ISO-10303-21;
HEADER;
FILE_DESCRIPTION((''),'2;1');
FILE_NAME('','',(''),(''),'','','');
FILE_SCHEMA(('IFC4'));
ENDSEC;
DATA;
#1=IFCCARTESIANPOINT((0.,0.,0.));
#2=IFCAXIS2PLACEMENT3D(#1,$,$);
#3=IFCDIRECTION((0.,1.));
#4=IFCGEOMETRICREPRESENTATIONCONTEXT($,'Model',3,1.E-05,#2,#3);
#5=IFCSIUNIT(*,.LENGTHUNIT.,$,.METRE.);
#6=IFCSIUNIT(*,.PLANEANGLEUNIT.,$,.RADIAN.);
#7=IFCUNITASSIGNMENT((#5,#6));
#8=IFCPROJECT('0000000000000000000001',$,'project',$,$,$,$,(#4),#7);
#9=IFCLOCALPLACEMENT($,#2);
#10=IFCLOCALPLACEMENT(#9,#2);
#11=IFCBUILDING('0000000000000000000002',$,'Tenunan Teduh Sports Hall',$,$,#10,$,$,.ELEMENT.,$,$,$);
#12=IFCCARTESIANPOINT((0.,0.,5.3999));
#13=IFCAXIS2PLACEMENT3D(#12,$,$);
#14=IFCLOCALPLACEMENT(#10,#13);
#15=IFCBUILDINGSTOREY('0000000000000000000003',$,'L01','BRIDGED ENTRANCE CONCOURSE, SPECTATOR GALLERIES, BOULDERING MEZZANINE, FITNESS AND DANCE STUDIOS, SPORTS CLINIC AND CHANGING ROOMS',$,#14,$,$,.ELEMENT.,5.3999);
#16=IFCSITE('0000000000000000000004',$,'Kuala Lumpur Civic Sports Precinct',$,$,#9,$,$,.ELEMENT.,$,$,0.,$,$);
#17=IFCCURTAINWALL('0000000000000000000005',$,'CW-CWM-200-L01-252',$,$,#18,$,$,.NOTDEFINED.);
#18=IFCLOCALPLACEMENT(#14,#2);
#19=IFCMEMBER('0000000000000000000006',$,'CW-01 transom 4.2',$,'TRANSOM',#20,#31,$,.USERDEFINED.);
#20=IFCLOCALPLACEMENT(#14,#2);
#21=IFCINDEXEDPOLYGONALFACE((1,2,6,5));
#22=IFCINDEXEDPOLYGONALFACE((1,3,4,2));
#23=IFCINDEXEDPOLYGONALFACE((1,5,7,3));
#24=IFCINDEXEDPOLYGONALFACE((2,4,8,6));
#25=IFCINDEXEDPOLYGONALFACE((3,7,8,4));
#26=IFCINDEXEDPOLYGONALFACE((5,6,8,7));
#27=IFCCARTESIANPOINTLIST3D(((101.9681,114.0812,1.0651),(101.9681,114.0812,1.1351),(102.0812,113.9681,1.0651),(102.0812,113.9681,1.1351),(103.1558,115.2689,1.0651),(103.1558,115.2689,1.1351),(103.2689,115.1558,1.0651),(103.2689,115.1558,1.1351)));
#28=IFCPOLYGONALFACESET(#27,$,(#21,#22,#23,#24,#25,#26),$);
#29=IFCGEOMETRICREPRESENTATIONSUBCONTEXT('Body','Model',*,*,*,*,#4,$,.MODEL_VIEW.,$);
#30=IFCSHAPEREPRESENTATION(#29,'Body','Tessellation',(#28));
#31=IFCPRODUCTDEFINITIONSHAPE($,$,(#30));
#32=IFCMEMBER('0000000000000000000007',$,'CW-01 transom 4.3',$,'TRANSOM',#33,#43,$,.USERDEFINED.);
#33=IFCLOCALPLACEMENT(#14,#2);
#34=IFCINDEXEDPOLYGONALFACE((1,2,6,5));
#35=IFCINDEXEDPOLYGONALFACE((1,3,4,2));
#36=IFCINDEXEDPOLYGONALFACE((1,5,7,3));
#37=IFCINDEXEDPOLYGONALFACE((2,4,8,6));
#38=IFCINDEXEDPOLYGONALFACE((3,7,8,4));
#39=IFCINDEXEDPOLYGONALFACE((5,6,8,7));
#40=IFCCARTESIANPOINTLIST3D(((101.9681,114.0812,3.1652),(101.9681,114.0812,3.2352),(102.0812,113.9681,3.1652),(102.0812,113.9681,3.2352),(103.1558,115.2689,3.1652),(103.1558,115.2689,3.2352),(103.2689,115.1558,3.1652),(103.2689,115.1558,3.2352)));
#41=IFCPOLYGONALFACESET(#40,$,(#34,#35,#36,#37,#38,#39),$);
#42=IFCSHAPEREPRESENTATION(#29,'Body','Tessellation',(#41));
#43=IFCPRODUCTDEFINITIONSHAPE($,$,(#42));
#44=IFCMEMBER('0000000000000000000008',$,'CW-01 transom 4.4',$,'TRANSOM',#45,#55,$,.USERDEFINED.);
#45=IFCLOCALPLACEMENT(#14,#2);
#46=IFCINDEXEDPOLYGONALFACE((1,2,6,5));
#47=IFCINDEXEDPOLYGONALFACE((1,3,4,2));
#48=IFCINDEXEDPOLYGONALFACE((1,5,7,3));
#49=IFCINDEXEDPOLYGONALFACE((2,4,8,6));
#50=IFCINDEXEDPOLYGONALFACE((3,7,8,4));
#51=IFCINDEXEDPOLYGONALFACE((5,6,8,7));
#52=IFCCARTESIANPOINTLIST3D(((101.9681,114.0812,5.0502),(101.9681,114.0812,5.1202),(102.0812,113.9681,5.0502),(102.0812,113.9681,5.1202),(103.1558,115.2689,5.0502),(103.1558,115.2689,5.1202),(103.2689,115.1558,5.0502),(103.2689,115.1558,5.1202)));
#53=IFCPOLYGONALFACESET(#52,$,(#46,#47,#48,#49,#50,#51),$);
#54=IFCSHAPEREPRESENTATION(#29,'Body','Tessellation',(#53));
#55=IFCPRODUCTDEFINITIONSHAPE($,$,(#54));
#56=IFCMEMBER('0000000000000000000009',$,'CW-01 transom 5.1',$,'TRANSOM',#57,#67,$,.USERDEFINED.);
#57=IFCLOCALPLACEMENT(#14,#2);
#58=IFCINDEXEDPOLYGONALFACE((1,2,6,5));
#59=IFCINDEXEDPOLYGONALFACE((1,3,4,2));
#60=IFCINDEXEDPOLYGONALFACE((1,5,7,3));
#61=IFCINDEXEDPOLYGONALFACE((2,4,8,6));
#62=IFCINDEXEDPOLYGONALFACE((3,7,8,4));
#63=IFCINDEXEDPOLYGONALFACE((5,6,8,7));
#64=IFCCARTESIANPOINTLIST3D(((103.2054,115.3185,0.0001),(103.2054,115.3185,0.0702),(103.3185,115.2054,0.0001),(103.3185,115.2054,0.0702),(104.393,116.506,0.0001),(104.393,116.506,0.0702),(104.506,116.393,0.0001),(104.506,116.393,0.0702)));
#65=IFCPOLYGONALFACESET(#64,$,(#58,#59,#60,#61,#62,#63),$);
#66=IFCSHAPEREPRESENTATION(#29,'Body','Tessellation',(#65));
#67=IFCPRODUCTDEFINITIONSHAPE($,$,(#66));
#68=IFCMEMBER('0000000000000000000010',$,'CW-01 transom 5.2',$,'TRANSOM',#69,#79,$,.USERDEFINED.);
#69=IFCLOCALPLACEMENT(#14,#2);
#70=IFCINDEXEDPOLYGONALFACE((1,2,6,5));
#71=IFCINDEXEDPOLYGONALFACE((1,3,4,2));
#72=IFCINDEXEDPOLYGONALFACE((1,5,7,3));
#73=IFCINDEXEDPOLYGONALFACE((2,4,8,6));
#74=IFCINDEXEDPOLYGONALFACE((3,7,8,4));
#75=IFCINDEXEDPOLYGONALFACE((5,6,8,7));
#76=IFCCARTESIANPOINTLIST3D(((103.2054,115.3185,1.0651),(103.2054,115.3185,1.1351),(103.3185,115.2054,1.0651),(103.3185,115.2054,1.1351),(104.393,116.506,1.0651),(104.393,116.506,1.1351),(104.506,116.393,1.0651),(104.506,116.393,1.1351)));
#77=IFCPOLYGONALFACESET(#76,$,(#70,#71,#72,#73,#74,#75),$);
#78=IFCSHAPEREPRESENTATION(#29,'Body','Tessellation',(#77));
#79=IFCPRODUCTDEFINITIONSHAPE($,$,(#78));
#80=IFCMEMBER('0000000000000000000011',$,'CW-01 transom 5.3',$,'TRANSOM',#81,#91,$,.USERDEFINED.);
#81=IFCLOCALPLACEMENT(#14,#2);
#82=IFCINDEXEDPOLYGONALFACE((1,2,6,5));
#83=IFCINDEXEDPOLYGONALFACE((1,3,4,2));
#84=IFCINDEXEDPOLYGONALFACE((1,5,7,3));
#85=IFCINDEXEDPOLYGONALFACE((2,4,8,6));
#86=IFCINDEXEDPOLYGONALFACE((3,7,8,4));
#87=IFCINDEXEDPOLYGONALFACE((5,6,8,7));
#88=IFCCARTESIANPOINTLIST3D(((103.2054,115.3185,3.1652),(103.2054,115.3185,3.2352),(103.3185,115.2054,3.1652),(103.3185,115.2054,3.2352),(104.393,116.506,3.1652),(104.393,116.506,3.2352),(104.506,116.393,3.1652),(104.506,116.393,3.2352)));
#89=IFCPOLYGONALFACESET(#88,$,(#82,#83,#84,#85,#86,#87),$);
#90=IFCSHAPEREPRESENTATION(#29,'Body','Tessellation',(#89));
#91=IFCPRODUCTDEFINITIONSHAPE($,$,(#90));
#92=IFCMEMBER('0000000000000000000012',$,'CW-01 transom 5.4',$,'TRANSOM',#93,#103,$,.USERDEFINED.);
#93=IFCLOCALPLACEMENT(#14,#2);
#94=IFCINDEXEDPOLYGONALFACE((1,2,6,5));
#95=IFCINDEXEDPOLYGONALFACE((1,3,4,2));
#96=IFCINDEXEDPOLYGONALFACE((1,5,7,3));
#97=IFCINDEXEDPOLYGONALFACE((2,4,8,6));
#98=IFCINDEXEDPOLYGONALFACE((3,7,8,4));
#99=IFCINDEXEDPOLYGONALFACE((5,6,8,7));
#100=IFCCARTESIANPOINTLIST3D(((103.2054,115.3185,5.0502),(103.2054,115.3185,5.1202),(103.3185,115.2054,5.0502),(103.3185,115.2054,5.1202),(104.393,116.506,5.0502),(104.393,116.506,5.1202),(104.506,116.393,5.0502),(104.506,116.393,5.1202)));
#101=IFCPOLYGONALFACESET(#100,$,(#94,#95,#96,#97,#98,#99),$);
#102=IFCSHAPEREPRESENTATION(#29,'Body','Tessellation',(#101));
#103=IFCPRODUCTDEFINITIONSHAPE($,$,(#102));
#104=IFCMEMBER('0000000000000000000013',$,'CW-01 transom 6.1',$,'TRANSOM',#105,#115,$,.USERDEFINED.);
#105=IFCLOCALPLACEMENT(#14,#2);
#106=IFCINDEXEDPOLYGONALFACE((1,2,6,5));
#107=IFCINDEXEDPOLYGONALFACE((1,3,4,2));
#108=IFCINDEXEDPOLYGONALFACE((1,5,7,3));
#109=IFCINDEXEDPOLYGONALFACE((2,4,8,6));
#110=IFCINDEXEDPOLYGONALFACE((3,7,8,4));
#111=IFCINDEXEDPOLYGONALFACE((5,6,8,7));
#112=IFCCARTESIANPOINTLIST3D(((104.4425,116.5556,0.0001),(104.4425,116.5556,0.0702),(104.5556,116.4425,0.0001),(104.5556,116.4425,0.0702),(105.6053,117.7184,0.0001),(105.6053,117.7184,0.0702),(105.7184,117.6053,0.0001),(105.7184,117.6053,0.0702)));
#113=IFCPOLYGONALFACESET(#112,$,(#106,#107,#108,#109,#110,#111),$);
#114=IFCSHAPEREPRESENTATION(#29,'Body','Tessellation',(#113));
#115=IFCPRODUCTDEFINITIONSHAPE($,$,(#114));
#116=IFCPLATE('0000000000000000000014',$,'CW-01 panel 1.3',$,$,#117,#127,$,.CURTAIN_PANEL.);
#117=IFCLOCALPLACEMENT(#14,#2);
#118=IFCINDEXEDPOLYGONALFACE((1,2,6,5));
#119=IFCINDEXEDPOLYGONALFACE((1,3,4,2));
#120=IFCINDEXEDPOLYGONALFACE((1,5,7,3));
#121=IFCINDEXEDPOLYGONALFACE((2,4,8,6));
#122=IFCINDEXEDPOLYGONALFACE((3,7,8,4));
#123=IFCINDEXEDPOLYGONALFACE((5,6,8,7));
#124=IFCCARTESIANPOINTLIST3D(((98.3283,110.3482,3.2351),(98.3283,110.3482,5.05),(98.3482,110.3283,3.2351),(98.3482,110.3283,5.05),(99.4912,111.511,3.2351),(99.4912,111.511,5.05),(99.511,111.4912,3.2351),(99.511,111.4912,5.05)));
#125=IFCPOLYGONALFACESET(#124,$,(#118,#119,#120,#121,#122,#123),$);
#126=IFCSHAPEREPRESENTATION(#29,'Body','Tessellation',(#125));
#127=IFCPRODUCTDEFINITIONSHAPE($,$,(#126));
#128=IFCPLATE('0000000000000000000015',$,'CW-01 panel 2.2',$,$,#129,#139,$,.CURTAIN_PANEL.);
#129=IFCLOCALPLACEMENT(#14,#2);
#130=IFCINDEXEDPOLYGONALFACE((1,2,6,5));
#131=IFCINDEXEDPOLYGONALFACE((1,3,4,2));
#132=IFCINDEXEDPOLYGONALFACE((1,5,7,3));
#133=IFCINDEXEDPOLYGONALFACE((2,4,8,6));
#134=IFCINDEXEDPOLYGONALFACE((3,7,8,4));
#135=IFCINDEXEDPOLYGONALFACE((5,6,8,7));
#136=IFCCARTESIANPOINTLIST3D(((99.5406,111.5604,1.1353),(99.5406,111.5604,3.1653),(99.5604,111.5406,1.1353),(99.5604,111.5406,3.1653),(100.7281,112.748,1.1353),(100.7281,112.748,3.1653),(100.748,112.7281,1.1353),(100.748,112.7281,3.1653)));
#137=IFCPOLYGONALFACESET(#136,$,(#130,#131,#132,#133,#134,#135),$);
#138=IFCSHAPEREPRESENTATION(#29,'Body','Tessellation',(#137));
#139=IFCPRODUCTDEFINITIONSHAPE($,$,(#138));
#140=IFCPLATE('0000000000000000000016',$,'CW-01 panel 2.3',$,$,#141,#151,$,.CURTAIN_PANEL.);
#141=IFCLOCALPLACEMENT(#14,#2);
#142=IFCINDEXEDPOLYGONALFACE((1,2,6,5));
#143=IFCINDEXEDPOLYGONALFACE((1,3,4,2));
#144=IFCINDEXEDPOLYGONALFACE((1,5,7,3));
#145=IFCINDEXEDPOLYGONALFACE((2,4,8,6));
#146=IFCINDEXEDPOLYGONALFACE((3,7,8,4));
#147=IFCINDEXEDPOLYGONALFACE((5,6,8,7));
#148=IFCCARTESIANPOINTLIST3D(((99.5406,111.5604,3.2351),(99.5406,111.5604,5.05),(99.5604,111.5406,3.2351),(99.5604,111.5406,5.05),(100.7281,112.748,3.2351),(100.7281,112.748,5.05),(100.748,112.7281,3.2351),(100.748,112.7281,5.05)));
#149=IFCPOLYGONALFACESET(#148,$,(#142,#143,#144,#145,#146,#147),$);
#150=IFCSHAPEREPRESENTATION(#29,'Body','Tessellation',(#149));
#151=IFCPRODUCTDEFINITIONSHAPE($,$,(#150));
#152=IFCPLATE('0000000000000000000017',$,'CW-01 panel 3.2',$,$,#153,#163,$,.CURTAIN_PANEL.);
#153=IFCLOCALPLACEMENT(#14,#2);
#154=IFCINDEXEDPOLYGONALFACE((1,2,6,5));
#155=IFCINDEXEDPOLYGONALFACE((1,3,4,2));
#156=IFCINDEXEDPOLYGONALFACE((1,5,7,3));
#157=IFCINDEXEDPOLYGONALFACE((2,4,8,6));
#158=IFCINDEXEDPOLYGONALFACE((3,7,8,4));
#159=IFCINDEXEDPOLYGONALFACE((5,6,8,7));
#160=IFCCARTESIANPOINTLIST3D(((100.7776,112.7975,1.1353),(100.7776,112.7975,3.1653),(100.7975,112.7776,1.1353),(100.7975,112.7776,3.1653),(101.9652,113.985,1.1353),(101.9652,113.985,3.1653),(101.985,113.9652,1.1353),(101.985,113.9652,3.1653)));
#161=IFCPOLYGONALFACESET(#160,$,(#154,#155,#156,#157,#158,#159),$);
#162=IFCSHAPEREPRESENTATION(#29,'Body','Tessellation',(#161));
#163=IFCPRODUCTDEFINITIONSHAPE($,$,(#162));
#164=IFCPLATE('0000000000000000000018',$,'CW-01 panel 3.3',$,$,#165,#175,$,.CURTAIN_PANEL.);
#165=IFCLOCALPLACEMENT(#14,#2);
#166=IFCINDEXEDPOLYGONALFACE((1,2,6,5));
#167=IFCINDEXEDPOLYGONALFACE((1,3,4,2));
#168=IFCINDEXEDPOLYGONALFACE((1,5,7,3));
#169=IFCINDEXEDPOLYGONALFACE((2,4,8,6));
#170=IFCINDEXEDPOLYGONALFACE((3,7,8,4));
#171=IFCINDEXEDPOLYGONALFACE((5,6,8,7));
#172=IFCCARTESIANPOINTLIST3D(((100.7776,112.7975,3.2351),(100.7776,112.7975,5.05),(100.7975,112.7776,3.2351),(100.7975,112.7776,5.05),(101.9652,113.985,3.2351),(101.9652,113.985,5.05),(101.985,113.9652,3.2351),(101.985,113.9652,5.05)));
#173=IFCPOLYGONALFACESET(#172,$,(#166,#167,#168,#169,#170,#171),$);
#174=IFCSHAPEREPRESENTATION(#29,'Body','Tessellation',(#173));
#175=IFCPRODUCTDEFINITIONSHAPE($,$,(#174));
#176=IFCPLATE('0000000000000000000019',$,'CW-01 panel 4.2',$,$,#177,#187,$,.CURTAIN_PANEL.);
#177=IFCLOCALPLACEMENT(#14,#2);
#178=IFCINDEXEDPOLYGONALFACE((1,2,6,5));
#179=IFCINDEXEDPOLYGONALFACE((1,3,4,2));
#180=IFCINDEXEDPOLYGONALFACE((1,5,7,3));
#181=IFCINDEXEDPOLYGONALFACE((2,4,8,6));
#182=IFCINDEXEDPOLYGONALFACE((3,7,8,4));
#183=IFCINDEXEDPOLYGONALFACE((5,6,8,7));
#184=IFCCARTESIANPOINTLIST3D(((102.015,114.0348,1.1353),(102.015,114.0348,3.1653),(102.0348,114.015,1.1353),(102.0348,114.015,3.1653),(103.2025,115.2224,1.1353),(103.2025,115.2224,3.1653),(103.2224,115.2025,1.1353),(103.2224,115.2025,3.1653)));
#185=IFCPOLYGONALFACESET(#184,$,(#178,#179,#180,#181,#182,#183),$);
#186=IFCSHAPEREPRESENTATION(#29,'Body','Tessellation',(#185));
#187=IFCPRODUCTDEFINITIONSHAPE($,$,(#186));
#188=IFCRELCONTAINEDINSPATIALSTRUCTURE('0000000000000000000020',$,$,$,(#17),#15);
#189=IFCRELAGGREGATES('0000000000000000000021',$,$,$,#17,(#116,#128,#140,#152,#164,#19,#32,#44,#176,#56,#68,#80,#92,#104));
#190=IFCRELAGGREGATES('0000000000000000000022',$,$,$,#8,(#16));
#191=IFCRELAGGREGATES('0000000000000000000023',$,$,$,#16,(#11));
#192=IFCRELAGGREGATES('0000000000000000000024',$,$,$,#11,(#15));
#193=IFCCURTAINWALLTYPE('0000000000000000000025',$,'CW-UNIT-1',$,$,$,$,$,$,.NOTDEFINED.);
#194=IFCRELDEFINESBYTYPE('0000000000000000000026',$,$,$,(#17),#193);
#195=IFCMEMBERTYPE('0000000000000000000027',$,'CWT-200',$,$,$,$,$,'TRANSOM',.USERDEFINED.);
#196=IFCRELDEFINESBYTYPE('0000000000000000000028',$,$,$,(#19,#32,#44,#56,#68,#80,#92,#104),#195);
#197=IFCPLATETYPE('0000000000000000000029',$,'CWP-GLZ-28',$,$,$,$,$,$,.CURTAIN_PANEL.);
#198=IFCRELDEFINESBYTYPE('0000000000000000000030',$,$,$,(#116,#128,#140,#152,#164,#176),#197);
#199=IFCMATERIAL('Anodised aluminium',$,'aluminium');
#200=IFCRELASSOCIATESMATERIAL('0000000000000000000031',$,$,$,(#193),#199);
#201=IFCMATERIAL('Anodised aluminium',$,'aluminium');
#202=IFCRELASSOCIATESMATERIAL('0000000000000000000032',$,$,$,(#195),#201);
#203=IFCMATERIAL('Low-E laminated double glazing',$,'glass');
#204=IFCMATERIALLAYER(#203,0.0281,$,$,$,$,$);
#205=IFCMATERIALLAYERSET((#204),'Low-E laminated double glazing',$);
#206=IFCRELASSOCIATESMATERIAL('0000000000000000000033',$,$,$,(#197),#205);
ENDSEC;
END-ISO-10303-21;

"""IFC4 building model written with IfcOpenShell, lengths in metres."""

from ifc_helpers import new_model, si_unit, direction, frame, origin, origin_2d, place, context, subcontext, project, spatial, rectangle, extrude, material, layer, layer_set, material_profile, profile_set, type_object, element, aggregate, save


model = new_model("IFC4")

# Units and contexts
model_context = context("Model", 3, precision=1e-05, world=origin(), true_north=direction((0.0, 1.0)))
body_context = subcontext(model_context, "Body", "Model", "MODEL_VIEW")
ifc_project = project(units=[si_unit("LENGTHUNIT", "METRE"), si_unit("PLANEANGLEUNIT", "RADIAN")], contexts=[model_context])

# Site, building, storey
site_placement = place(None, origin())
site = spatial("IfcSite", under=ifc_project, at=site_placement, Name="Kuala Lumpur Civic Sports Precinct", CompositionType="ELEMENT", RefElevation=0.0)
building_placement = place(site_placement, origin())
building = spatial("IfcBuilding", under=site, at=building_placement, Name="Tenunan Teduh Sports Hall", CompositionType="ELEMENT")
storey_placement = place(building_placement, frame((0.0, 0.0, 5.3999)))
storey = spatial("IfcBuildingStorey", under=building, at=storey_placement, Name="L01", Description="BRIDGED ENTRANCE CONCOURSE, SPECTATOR GALLERIES, BOULDERING MEZZANINE, FITNESS AND DANCE STUDIOS, SPORTS CLINIC AND CHANGING ROOMS", CompositionType="ELEMENT", Elevation=5.3999)

# Curtain wall, members, plates
ifc_material_1 = material(Name="Anodised aluminium", Category="aluminium")
curtain_wall_type = type_object("IfcCurtainWallType", Name="CW-UNIT-1", PredefinedType="NOTDEFINED", material=ifc_material_1)
curtain_wall_placement = place(storey_placement, origin())
curtain_wall = element("IfcCurtainWall", 1, at=curtain_wall_placement, inside=storey, type_object=curtain_wall_type, Name="CW-CWM-200-L01-252", PredefinedType="NOTDEFINED")
ifc_material_2 = material(Name="Anodised aluminium", Category="aluminium")
ifc_material_profile_1 = material_profile(ifc_material_2, rectangle(XDim=0.0701, YDim=0.1599, at=origin_2d()), Name="CWT 70x160")
ifc_profile_set_1 = profile_set([ifc_material_profile_1], Name="Anodised aluminium")
member_type_1 = type_object("IfcMemberType", Name="CWT-200", ElementType="TRANSOM", PredefinedType="USERDEFINED", material=ifc_profile_set_1)
member_1_placement = place(storey_placement, frame((102.0247, 114.0247, 1.1001), z_axis=(0.707107, 0.707107, 0.0), x_axis=(0.0, 0.0, 1.0)))
member_1 = element("IfcMember", 2, at=member_1_placement, type_object=member_type_1, Name="CW-01 transom 4.2", ObjectType="TRANSOM", PredefinedType="USERDEFINED", context=body_context, shape_type="SweptSolid", body=[
    extrude(rectangle(XDim=0.0701, YDim=0.1599, at=origin_2d()), origin(), (0.0, 0.0, 1.0), 1.6797),
])
member_2_placement = place(storey_placement, frame((102.0247, 114.0247, 3.2002), z_axis=(0.707107, 0.707107, 0.0), x_axis=(0.0, 0.0, 1.0)))
member_2 = element("IfcMember", 3, at=member_2_placement, type_object=member_type_1, Name="CW-01 transom 4.3", ObjectType="TRANSOM", PredefinedType="USERDEFINED", context=body_context, shape_type="SweptSolid", body=[
    extrude(rectangle(XDim=0.0701, YDim=0.1599, at=origin_2d()), origin(), (0.0, 0.0, 1.0), 1.6797),
])
member_3_placement = place(storey_placement, frame((102.0247, 114.0247, 5.0852), z_axis=(0.707107, 0.707107, 0.0), x_axis=(0.0, 0.0, 1.0)))
member_3 = element("IfcMember", 4, at=member_3_placement, type_object=member_type_1, Name="CW-01 transom 4.4", ObjectType="TRANSOM", PredefinedType="USERDEFINED", context=body_context, shape_type="SweptSolid", body=[
    extrude(rectangle(XDim=0.0701, YDim=0.1599, at=origin_2d()), origin(), (0.0, 0.0, 1.0), 1.6797),
])
member_4_placement = place(storey_placement, frame((103.262, 115.262, 0.0352), z_axis=(0.707107, 0.707107, 0.0), x_axis=(0.0, 0.0, 1.0)))
member_4 = element("IfcMember", 5, at=member_4_placement, type_object=member_type_1, Name="CW-01 transom 5.1", ObjectType="TRANSOM", PredefinedType="USERDEFINED", context=body_context, shape_type="SweptSolid", body=[
    extrude(rectangle(XDim=0.0701, YDim=0.1599, at=origin_2d()), origin(), (0.0, 0.0, 1.0), 1.6794),
])
member_5_placement = place(storey_placement, frame((103.262, 115.262, 1.1001), z_axis=(0.707107, 0.707107, 0.0), x_axis=(0.0, 0.0, 1.0)))
member_5 = element("IfcMember", 6, at=member_5_placement, type_object=member_type_1, Name="CW-01 transom 5.2", ObjectType="TRANSOM", PredefinedType="USERDEFINED", context=body_context, shape_type="SweptSolid", body=[
    extrude(rectangle(XDim=0.0701, YDim=0.1599, at=origin_2d()), origin(), (0.0, 0.0, 1.0), 1.6794),
])
member_6_placement = place(storey_placement, frame((103.262, 115.262, 3.2002), z_axis=(0.707107, 0.707107, 0.0), x_axis=(0.0, 0.0, 1.0)))
member_6 = element("IfcMember", 7, at=member_6_placement, type_object=member_type_1, Name="CW-01 transom 5.3", ObjectType="TRANSOM", PredefinedType="USERDEFINED", context=body_context, shape_type="SweptSolid", body=[
    extrude(rectangle(XDim=0.0701, YDim=0.1599, at=origin_2d()), origin(), (0.0, 0.0, 1.0), 1.6794),
])
member_7_placement = place(storey_placement, frame((103.262, 115.262, 5.0852), z_axis=(0.707107, 0.707107, 0.0), x_axis=(0.0, 0.0, 1.0)))
member_7 = element("IfcMember", 8, at=member_7_placement, type_object=member_type_1, Name="CW-01 transom 5.4", ObjectType="TRANSOM", PredefinedType="USERDEFINED", context=body_context, shape_type="SweptSolid", body=[
    extrude(rectangle(XDim=0.0701, YDim=0.1599, at=origin_2d()), origin(), (0.0, 0.0, 1.0), 1.6794),
])
member_8_placement = place(storey_placement, frame((104.499, 116.499, 0.0352), z_axis=(0.707107, 0.707107, 0.0), x_axis=(0.0, 0.0, 1.0)))
member_8 = element("IfcMember", 9, at=member_8_placement, type_object=member_type_1, Name="CW-01 transom 6.1", ObjectType="TRANSOM", PredefinedType="USERDEFINED", context=body_context, shape_type="SweptSolid", body=[
    extrude(rectangle(XDim=0.0701, YDim=0.1599, at=origin_2d()), origin(), (0.0, 0.0, 1.0), 1.6445),
])
ifc_material_3 = material(Name="Low-E laminated double glazing", Category="glass")
ifc_layer_1 = layer(ifc_material_3, 0.0281)
ifc_layer_set_1 = layer_set([ifc_layer_1], Name="Low-E laminated double glazing")
plate_type_1 = type_object("IfcPlateType", Name="CWP-GLZ-28", PredefinedType="CURTAIN_PANEL", material=ifc_layer_set_1)
plate_1_placement = place(storey_placement, frame((98.9197, 110.9197, 3.2351), z_axis=(0.0, 0.0, 1.0), x_axis=(0.707107, 0.707107, 0.0)))
plate_1 = element("IfcPlate", 10, at=plate_1_placement, type_object=plate_type_1, Name="CW-01 panel 1.3", PredefinedType="CURTAIN_PANEL", context=body_context, shape_type="SweptSolid", body=[
    extrude(rectangle(XDim=1.6445, YDim=0.0281, at=origin_2d()), origin(), (0.0, 0.0, 1.0), 1.8149),
])
plate_2_placement = place(storey_placement, frame((100.1443, 112.1443, 1.1353), z_axis=(0.0, 0.0, 1.0), x_axis=(0.707107, 0.707107, 0.0)))
plate_2 = element("IfcPlate", 11, at=plate_2_placement, type_object=plate_type_1, Name="CW-01 panel 2.2", PredefinedType="CURTAIN_PANEL", context=body_context, shape_type="SweptSolid", body=[
    extrude(rectangle(XDim=1.6794, YDim=0.0281, at=origin_2d()), origin(), (0.0, 0.0, 1.0), 2.03),
])
plate_3_placement = place(storey_placement, frame((100.1443, 112.1443, 3.2351), z_axis=(0.0, 0.0, 1.0), x_axis=(0.707107, 0.707107, 0.0)))
plate_3 = element("IfcPlate", 12, at=plate_3_placement, type_object=plate_type_1, Name="CW-01 panel 2.3", PredefinedType="CURTAIN_PANEL", context=body_context, shape_type="SweptSolid", body=[
    extrude(rectangle(XDim=1.6794, YDim=0.0281, at=origin_2d()), origin(), (0.0, 0.0, 1.0), 1.8149),
])
plate_4_placement = place(storey_placement, frame((101.3813, 113.3813, 1.1353), z_axis=(0.0, 0.0, 1.0), x_axis=(0.707107, 0.707107, 0.0)))
plate_4 = element("IfcPlate", 13, at=plate_4_placement, type_object=plate_type_1, Name="CW-01 panel 3.2", PredefinedType="CURTAIN_PANEL", context=body_context, shape_type="SweptSolid", body=[
    extrude(rectangle(XDim=1.6794, YDim=0.0281, at=origin_2d()), origin(), (0.0, 0.0, 1.0), 2.03),
])
plate_5_placement = place(storey_placement, frame((101.3813, 113.3813, 3.2351), z_axis=(0.0, 0.0, 1.0), x_axis=(0.707107, 0.707107, 0.0)))
plate_5 = element("IfcPlate", 14, at=plate_5_placement, type_object=plate_type_1, Name="CW-01 panel 3.3", PredefinedType="CURTAIN_PANEL", context=body_context, shape_type="SweptSolid", body=[
    extrude(rectangle(XDim=1.6794, YDim=0.0281, at=origin_2d()), origin(), (0.0, 0.0, 1.0), 1.8149),
])
plate_6_placement = place(storey_placement, frame((102.6187, 114.6187, 1.1353), z_axis=(0.0, 0.0, 1.0), x_axis=(0.707107, 0.707107, 0.0)))
plate_6 = element("IfcPlate", 15, at=plate_6_placement, type_object=plate_type_1, Name="CW-01 panel 4.2", PredefinedType="CURTAIN_PANEL", context=body_context, shape_type="SweptSolid", body=[
    extrude(rectangle(XDim=1.6794, YDim=0.0281, at=origin_2d()), origin(), (0.0, 0.0, 1.0), 2.03),
])
aggregate(curtain_wall, [plate_1, plate_2, plate_3, plate_4, plate_5, member_1, member_2, member_3, plate_6, member_4, member_5, member_6, member_7, member_8])

save(model, "model.ifc")
